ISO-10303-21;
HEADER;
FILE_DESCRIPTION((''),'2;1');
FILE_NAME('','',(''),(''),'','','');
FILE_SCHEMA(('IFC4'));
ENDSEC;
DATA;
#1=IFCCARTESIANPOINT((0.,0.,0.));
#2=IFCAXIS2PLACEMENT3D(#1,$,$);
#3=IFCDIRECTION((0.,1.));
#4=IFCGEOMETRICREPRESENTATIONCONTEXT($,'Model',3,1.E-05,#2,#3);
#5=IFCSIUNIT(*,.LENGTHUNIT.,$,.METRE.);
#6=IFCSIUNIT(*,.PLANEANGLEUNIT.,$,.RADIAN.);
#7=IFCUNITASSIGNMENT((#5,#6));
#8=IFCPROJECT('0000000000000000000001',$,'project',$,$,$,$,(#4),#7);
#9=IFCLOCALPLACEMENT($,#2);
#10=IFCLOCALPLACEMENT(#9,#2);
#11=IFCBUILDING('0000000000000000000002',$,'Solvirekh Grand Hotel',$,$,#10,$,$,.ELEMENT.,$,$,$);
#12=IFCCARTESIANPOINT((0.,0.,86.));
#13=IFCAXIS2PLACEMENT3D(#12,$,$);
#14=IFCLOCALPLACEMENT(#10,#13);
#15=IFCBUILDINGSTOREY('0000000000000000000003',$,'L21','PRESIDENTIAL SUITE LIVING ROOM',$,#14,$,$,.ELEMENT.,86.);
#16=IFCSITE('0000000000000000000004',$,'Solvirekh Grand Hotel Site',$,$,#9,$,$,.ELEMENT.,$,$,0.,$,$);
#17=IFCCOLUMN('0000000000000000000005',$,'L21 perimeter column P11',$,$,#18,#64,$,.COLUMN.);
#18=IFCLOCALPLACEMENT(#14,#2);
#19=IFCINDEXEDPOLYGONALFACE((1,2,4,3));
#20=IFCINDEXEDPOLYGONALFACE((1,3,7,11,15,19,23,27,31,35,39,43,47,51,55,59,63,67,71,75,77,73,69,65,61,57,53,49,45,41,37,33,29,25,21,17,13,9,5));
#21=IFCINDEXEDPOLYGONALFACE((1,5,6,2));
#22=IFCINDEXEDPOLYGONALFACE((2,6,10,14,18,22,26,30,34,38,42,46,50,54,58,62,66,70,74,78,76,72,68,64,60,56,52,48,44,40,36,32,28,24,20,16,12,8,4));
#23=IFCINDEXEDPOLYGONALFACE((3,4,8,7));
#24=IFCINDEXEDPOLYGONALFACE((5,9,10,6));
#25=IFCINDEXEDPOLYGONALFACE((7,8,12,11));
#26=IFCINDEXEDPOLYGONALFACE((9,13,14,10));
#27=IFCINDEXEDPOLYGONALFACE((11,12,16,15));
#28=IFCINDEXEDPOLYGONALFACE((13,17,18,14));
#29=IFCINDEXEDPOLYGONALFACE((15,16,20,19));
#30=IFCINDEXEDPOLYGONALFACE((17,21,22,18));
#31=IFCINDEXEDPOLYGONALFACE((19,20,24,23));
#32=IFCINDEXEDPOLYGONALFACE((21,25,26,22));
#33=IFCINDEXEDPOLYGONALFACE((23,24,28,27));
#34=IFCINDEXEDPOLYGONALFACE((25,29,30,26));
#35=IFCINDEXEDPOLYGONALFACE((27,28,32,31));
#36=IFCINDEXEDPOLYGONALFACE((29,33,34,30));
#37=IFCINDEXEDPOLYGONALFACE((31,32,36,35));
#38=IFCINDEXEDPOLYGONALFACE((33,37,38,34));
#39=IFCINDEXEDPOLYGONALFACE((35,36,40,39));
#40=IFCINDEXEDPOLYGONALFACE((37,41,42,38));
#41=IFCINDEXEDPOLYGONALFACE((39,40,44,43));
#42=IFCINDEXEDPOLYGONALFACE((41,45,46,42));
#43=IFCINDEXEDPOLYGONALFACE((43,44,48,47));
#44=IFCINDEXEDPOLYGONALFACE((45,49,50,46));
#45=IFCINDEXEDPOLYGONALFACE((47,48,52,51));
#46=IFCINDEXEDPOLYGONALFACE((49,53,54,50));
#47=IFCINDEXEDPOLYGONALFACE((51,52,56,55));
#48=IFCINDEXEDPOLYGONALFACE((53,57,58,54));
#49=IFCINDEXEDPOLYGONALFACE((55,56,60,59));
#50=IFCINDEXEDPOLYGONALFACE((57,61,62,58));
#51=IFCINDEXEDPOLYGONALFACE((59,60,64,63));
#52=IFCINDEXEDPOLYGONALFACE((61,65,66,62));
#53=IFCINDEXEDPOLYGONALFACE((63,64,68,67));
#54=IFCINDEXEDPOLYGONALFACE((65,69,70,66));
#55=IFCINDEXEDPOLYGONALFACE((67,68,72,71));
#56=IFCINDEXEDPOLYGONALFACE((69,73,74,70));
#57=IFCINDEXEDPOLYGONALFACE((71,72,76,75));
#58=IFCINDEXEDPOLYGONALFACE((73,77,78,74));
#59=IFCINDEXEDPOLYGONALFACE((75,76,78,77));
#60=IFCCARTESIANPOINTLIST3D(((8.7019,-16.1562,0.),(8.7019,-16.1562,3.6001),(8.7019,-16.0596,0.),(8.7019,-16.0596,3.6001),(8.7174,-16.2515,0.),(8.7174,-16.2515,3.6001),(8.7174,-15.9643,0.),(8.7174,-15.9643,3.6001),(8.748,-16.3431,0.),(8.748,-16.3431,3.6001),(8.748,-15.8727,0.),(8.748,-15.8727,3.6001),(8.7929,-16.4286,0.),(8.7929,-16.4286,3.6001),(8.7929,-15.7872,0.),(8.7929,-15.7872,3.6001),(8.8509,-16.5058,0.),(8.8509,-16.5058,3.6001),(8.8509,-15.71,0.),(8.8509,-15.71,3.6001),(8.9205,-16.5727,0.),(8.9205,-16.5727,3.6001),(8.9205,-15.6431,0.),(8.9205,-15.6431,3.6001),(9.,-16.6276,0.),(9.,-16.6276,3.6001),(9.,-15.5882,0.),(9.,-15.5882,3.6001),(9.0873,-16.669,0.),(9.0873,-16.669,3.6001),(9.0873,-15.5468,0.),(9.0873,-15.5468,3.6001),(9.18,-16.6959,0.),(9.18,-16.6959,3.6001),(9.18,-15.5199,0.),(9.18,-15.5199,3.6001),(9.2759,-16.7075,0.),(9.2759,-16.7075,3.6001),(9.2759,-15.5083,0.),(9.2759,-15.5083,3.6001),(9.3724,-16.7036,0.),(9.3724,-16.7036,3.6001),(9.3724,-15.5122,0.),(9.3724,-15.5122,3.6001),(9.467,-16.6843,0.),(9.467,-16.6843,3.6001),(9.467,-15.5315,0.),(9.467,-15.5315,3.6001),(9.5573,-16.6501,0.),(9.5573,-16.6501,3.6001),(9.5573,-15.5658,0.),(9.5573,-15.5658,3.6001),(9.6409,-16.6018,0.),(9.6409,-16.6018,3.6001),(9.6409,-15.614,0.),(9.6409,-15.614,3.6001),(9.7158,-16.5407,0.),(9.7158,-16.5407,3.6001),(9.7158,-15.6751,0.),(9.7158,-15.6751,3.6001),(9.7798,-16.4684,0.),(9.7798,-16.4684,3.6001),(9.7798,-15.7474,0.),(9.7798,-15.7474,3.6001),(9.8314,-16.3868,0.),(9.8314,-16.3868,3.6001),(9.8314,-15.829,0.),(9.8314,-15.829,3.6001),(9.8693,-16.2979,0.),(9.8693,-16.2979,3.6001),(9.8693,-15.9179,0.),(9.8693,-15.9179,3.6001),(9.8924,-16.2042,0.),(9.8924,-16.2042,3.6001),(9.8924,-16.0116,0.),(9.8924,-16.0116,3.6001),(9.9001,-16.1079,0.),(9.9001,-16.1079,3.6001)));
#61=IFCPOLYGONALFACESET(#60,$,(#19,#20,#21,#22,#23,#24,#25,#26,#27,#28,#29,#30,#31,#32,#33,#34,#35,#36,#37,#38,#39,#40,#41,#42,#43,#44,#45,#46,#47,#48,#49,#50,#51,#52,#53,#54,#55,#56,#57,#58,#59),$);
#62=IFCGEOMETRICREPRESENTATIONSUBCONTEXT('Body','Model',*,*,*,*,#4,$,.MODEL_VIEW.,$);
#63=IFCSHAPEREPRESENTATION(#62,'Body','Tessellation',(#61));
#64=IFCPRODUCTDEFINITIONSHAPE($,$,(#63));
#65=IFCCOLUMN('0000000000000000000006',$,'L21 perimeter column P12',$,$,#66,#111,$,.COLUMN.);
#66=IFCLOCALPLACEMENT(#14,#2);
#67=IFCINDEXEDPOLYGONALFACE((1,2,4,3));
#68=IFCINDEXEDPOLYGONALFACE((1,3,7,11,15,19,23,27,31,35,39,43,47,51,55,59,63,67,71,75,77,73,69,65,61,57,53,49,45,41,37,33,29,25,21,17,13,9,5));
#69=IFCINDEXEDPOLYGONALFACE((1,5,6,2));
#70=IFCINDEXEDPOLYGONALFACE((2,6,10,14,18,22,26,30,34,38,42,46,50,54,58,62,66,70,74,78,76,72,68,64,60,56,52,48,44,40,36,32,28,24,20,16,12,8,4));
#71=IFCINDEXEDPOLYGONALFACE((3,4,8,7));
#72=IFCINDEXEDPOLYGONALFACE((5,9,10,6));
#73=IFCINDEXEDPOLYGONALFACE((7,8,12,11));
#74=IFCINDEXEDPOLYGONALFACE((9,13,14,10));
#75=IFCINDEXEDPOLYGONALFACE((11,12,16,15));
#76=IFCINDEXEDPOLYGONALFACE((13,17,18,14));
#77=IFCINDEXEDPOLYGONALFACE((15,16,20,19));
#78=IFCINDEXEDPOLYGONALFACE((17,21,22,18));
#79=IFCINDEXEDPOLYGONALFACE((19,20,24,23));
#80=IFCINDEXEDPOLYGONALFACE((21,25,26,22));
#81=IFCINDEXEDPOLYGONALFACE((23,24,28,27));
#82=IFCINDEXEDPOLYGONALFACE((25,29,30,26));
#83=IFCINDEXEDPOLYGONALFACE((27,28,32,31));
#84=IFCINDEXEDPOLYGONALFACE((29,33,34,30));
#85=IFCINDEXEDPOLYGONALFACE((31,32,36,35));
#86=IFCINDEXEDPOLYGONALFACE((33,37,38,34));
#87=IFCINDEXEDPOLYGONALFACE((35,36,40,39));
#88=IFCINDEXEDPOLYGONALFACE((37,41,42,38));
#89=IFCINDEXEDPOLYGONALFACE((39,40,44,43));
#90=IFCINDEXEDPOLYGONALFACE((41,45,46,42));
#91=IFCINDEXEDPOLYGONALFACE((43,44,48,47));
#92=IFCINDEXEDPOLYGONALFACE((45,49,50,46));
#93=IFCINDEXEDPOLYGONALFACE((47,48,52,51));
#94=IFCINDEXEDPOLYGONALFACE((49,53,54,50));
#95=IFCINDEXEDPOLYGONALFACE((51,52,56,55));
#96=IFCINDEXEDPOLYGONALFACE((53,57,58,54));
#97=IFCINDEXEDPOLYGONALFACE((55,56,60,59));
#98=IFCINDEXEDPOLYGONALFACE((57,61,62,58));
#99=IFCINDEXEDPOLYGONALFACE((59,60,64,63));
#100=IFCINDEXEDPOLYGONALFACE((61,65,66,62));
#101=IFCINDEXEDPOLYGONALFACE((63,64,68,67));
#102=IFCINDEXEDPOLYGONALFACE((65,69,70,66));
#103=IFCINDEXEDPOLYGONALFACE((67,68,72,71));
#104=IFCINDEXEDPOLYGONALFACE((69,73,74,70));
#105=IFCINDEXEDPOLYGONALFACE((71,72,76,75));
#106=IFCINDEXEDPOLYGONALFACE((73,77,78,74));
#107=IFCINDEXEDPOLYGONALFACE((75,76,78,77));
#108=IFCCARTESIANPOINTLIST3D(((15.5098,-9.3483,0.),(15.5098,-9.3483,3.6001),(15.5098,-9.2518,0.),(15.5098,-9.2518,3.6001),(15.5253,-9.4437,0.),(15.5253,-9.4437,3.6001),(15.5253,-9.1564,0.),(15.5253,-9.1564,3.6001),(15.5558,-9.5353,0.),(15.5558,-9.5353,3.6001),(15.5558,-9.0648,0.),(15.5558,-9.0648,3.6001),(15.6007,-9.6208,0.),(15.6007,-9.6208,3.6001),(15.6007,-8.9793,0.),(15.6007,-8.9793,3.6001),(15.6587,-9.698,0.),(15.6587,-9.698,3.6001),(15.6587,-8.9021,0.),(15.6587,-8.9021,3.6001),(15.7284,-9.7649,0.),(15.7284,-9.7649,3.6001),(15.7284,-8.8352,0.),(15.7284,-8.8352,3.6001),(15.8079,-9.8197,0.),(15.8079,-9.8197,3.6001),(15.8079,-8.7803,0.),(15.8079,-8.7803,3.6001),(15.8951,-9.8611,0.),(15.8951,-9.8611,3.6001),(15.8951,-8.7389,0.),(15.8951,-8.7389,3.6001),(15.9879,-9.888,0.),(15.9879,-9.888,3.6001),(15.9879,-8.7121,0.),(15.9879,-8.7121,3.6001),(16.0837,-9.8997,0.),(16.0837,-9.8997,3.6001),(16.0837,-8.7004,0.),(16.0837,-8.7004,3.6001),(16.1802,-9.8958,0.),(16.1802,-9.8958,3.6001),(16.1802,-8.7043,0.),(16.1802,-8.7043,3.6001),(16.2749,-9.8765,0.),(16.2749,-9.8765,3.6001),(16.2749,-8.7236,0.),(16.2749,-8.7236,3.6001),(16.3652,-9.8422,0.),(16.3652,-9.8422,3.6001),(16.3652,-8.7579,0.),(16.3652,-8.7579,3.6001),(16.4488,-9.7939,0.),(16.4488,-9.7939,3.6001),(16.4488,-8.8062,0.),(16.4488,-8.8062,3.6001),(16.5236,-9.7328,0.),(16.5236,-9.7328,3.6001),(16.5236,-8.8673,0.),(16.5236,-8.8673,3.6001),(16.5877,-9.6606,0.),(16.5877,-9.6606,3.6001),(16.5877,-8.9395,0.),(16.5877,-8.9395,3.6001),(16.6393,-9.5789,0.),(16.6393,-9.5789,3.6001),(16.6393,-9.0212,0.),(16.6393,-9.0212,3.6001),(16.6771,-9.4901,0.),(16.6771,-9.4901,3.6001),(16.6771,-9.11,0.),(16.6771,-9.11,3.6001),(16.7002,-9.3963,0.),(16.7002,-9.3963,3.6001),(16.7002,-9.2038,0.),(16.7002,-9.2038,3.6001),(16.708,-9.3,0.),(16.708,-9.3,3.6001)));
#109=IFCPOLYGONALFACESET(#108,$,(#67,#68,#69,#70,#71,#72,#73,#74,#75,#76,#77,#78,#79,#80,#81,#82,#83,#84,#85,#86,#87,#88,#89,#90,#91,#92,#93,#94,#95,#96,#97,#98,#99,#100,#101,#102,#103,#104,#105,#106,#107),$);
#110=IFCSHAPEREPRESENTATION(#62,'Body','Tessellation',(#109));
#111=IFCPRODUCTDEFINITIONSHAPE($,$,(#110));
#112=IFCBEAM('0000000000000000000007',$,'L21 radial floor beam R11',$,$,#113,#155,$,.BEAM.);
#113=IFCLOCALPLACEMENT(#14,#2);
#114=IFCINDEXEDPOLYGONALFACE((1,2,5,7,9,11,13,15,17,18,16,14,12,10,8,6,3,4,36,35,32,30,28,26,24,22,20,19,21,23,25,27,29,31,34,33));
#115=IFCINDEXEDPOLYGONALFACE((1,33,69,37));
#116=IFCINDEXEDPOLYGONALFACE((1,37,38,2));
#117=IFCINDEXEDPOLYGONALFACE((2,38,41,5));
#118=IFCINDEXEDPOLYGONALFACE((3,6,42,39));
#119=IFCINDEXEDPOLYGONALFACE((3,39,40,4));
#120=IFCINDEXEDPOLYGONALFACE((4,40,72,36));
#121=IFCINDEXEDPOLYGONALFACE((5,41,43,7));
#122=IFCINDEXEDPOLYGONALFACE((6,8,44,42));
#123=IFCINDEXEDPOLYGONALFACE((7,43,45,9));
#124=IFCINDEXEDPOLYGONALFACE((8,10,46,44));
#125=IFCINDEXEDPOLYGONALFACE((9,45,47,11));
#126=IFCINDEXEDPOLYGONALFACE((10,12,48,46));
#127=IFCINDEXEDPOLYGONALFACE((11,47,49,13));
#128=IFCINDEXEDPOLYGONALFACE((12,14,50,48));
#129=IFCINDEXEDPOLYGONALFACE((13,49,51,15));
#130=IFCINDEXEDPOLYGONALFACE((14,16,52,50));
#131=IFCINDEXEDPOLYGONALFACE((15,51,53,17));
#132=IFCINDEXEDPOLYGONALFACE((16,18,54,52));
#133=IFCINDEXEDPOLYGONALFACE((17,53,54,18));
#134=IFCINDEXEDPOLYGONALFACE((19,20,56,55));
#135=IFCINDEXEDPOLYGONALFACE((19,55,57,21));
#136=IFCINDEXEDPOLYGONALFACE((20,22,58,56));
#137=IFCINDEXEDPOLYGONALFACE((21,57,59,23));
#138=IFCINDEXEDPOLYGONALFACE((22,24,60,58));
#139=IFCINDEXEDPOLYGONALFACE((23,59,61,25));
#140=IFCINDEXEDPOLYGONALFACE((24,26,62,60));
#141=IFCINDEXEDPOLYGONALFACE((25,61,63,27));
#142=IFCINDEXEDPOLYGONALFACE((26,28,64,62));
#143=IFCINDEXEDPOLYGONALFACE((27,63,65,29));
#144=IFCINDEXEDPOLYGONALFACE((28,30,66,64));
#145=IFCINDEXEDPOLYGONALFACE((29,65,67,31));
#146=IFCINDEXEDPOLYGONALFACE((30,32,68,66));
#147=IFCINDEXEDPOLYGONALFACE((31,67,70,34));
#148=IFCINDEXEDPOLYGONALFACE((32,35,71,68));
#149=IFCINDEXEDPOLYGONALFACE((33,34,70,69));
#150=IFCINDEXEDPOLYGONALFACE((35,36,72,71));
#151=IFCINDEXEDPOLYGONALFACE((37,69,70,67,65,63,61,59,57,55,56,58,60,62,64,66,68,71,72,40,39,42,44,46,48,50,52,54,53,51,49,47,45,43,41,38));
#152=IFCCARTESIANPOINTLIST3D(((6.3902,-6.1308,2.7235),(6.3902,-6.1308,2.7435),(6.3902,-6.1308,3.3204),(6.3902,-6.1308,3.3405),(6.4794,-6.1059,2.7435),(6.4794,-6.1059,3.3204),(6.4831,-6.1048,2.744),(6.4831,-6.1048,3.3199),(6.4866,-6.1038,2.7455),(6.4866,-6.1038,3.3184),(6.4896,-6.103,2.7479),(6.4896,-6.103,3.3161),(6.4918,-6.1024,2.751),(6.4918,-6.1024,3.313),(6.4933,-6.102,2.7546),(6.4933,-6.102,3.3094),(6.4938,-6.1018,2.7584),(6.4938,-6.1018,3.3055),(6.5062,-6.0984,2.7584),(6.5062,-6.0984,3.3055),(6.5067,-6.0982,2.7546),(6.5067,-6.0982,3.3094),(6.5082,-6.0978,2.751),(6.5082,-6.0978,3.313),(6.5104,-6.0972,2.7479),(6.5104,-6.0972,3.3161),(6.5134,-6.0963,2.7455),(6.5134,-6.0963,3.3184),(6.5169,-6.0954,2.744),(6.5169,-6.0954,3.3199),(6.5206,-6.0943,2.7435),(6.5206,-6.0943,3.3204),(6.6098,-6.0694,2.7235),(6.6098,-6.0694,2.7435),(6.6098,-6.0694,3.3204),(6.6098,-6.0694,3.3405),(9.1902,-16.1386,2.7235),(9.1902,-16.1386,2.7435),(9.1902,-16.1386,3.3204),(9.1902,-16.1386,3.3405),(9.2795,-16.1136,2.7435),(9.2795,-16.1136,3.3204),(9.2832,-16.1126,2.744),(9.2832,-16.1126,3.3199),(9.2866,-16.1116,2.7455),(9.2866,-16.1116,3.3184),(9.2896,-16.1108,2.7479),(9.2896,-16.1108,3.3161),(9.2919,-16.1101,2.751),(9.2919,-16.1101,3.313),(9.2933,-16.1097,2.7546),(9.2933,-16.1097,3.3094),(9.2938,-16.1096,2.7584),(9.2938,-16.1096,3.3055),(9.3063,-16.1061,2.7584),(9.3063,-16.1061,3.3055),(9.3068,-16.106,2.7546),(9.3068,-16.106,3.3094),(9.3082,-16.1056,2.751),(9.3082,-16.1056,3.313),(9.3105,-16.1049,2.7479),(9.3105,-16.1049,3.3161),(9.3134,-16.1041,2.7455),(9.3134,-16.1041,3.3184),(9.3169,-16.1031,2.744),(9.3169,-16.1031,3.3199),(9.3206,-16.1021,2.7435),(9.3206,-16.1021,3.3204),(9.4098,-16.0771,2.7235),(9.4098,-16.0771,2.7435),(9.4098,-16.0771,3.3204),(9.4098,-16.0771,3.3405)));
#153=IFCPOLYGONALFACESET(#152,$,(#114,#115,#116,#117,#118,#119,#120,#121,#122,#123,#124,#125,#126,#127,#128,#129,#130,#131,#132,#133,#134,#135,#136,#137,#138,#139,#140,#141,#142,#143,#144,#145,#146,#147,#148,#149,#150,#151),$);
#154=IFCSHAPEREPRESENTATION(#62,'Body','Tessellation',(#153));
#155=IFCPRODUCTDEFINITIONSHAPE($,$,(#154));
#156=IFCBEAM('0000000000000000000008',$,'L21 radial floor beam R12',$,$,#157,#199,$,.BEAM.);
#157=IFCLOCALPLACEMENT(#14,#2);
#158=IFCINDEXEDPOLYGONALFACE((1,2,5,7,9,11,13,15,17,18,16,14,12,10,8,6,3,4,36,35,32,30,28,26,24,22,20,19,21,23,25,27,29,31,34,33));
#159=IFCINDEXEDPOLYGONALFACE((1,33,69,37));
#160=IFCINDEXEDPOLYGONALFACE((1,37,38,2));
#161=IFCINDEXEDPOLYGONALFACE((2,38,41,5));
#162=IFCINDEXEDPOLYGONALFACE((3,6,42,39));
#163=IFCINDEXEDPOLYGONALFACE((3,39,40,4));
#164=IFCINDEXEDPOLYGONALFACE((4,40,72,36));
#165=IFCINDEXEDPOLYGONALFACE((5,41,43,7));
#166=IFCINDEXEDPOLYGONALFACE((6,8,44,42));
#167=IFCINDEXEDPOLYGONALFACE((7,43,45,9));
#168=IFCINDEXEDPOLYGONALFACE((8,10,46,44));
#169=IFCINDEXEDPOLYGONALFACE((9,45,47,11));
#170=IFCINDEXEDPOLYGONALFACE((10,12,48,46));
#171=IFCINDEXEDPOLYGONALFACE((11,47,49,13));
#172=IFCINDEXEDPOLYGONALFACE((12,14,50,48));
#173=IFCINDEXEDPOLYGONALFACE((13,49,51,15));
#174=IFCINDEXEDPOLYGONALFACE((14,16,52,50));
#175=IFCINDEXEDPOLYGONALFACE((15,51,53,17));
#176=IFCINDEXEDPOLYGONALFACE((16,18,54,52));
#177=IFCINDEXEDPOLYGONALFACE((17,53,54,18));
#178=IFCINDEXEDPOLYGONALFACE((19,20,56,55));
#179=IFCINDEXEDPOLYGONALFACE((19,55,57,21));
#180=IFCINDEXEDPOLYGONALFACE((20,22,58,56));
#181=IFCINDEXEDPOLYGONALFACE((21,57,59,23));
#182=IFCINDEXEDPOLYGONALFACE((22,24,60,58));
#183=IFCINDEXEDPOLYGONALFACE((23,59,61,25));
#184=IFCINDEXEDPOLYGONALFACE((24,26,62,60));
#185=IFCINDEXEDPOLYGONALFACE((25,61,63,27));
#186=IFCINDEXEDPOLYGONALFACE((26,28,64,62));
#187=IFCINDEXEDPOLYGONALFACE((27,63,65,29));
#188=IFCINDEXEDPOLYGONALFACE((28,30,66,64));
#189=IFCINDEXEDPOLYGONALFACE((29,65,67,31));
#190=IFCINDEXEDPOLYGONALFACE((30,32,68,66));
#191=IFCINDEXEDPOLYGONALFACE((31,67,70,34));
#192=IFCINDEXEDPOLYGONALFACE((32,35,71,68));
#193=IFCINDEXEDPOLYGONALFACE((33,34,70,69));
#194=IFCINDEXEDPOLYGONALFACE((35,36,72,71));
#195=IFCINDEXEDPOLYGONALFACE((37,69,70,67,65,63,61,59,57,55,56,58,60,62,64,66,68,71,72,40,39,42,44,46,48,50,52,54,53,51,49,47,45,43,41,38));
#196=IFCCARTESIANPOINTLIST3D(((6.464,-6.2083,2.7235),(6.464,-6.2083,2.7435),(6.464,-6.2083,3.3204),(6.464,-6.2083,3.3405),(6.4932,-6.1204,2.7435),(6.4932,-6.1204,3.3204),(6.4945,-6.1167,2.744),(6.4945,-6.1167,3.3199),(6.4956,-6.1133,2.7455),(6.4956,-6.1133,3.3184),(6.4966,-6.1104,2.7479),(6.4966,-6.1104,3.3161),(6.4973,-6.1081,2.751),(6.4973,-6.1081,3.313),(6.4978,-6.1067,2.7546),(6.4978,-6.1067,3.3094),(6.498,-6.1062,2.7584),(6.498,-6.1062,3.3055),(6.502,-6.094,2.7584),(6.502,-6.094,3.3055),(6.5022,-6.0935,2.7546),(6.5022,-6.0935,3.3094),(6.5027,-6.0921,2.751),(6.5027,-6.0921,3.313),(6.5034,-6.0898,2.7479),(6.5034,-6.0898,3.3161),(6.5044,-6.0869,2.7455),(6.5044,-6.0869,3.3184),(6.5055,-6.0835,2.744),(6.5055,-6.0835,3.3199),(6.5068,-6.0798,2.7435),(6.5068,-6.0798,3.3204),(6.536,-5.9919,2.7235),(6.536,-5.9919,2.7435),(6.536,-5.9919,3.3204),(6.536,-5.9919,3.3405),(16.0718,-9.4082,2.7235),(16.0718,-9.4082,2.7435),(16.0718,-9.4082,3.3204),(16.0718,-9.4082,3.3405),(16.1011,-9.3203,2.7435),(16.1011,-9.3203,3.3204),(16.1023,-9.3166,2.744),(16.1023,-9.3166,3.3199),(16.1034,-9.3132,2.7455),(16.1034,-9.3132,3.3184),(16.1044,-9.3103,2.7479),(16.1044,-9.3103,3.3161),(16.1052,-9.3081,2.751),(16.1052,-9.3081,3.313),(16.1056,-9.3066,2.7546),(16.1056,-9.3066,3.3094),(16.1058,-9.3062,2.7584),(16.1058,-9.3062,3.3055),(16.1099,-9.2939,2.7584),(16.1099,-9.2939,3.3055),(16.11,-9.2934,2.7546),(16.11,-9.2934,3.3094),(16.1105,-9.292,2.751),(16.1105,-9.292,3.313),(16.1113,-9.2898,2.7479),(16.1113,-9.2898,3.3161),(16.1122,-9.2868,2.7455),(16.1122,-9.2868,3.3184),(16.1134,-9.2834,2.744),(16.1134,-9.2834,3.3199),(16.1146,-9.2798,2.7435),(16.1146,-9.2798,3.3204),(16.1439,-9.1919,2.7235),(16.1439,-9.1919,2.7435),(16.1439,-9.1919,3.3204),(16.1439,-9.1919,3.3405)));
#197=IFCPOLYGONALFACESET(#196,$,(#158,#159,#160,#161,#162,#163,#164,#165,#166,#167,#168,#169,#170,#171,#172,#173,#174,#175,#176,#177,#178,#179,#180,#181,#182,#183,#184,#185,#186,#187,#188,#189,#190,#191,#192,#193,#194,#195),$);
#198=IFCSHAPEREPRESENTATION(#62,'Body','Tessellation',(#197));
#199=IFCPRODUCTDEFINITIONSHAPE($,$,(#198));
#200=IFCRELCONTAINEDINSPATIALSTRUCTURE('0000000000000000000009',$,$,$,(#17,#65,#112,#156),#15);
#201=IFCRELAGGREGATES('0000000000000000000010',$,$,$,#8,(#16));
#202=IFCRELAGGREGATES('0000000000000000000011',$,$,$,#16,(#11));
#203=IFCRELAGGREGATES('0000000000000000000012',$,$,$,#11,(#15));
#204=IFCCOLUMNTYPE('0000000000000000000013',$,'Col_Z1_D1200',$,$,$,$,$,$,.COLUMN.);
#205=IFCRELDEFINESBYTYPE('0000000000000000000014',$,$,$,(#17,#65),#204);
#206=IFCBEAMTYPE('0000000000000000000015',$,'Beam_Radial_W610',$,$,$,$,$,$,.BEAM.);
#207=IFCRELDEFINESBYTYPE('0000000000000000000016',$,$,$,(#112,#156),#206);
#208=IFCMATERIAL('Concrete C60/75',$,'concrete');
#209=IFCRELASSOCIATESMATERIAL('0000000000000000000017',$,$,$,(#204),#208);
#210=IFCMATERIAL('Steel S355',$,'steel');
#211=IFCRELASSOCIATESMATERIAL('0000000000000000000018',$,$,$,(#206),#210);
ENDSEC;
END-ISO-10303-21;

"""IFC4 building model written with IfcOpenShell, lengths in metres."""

from ifc_helpers import new_model, si_unit, direction, frame, origin, origin_2d, place, context, subcontext, project, spatial, circle, i_section, extrude, material, material_profile, profile_set, type_object, element, save


model = new_model("IFC4")

# Units and contexts
model_context = context("Model", 3, precision=1e-05, world=origin(), true_north=direction((0.0, 1.0)))
body_context = subcontext(model_context, "Body", "Model", "MODEL_VIEW")
ifc_project = project(units=[si_unit("LENGTHUNIT", "METRE"), si_unit("PLANEANGLEUNIT", "RADIAN")], contexts=[model_context])

# Site, building, storey
site_placement = place(None, origin())
site = spatial("IfcSite", under=ifc_project, at=site_placement, Name="Solvirekh Grand Hotel Site", CompositionType="ELEMENT", RefElevation=0.0)
building_placement = place(site_placement, origin())
building = spatial("IfcBuilding", under=site, at=building_placement, Name="Solvirekh Grand Hotel", CompositionType="ELEMENT")
storey_placement = place(building_placement, frame((0.0, 0.0, 86.0)))
storey = spatial("IfcBuildingStorey", under=building, at=storey_placement, Name="L21", Description="PRESIDENTIAL SUITE LIVING ROOM", CompositionType="ELEMENT", Elevation=86.0)

# Columns
ifc_material_1 = material(Name="Concrete C60/75", Category="concrete")
ifc_material_profile_1 = material_profile(ifc_material_1, circle(Radius=0.6001, at=origin_2d()), Name="RC CIRC D1200")
ifc_profile_set_1 = profile_set([ifc_material_profile_1], Name="Concrete C60/75")
column_type = type_object("IfcColumnType", Name="Col_Z1_D1200", PredefinedType="COLUMN", material=ifc_profile_set_1)
for number, where, z_axis, x_axis, name in (
    (1, (9.3, -16.1079, 0.0), (0.0, 0.0, 1.0), (1.0, 0.0, 0.0), "L21 perimeter column P11"),
    (2, (16.1079, -9.3, 0.0), (0.0, 0.0, 1.0), (1.0, 0.0, 0.0), "L21 perimeter column P12"),
):
    element("IfcColumn", number, at=place(storey_placement, frame(where, z_axis=z_axis, x_axis=x_axis)), inside=storey, type_object=column_type, Name=name, PredefinedType="COLUMN", context=body_context, shape_type="SweptSolid", body=[
        extrude(circle(Radius=0.6001, at=origin_2d()), origin(), (0.0, 0.0, 1.0), 3.6001),
    ])

# Beams
ifc_material_2 = material(Name="Steel S355", Category="steel")
ifc_material_profile_2 = material_profile(ifc_material_2, i_section(OverallWidth=0.228, OverallDepth=0.6169, WebThickness=0.0129, FlangeThickness=0.02, FilletRadius=0.0149, at=origin_2d()), Name="W610X140")
ifc_profile_set_2 = profile_set([ifc_material_profile_2], Name="Steel S355")
beam_type_1 = type_object("IfcBeamType", Name="Beam_Radial_W610", PredefinedType="BEAM", material=ifc_profile_set_2)
beam_1_placement = place(storey_placement, frame((6.5, -6.1001, 3.032), z_axis=(0.269439, -0.963017, 0.0), x_axis=(0.963017, 0.269439, 0.0)))
element("IfcBeam", 3, at=beam_1_placement, inside=storey, type_object=beam_type_1, Name="L21 radial floor beam R11", PredefinedType="BEAM", context=body_context, shape_type="SweptSolid", body=[
    extrude(i_section(OverallWidth=0.228, OverallDepth=0.6169, WebThickness=0.0129, FlangeThickness=0.02, FilletRadius=0.0149, at=origin_2d()), origin(), (0.0, 0.0, 1.0), 10.3921),
])
beam_2_placement = place(storey_placement, frame((6.5, -6.1001, 3.032), z_axis=(0.948763, -0.315989, 0.0), x_axis=(0.315989, 0.948763, 0.0)))
element("IfcBeam", 4, at=beam_2_placement, inside=storey, type_object=beam_type_1, Name="L21 radial floor beam R12", PredefinedType="BEAM", context=body_context, shape_type="SweptSolid", body=[
    extrude(i_section(OverallWidth=0.228, OverallDepth=0.6169, WebThickness=0.0129, FlangeThickness=0.02, FilletRadius=0.0149, at=origin_2d()), origin(), (0.0, 0.0, 1.0), 10.1267),
])

save(model, "model.ifc")
